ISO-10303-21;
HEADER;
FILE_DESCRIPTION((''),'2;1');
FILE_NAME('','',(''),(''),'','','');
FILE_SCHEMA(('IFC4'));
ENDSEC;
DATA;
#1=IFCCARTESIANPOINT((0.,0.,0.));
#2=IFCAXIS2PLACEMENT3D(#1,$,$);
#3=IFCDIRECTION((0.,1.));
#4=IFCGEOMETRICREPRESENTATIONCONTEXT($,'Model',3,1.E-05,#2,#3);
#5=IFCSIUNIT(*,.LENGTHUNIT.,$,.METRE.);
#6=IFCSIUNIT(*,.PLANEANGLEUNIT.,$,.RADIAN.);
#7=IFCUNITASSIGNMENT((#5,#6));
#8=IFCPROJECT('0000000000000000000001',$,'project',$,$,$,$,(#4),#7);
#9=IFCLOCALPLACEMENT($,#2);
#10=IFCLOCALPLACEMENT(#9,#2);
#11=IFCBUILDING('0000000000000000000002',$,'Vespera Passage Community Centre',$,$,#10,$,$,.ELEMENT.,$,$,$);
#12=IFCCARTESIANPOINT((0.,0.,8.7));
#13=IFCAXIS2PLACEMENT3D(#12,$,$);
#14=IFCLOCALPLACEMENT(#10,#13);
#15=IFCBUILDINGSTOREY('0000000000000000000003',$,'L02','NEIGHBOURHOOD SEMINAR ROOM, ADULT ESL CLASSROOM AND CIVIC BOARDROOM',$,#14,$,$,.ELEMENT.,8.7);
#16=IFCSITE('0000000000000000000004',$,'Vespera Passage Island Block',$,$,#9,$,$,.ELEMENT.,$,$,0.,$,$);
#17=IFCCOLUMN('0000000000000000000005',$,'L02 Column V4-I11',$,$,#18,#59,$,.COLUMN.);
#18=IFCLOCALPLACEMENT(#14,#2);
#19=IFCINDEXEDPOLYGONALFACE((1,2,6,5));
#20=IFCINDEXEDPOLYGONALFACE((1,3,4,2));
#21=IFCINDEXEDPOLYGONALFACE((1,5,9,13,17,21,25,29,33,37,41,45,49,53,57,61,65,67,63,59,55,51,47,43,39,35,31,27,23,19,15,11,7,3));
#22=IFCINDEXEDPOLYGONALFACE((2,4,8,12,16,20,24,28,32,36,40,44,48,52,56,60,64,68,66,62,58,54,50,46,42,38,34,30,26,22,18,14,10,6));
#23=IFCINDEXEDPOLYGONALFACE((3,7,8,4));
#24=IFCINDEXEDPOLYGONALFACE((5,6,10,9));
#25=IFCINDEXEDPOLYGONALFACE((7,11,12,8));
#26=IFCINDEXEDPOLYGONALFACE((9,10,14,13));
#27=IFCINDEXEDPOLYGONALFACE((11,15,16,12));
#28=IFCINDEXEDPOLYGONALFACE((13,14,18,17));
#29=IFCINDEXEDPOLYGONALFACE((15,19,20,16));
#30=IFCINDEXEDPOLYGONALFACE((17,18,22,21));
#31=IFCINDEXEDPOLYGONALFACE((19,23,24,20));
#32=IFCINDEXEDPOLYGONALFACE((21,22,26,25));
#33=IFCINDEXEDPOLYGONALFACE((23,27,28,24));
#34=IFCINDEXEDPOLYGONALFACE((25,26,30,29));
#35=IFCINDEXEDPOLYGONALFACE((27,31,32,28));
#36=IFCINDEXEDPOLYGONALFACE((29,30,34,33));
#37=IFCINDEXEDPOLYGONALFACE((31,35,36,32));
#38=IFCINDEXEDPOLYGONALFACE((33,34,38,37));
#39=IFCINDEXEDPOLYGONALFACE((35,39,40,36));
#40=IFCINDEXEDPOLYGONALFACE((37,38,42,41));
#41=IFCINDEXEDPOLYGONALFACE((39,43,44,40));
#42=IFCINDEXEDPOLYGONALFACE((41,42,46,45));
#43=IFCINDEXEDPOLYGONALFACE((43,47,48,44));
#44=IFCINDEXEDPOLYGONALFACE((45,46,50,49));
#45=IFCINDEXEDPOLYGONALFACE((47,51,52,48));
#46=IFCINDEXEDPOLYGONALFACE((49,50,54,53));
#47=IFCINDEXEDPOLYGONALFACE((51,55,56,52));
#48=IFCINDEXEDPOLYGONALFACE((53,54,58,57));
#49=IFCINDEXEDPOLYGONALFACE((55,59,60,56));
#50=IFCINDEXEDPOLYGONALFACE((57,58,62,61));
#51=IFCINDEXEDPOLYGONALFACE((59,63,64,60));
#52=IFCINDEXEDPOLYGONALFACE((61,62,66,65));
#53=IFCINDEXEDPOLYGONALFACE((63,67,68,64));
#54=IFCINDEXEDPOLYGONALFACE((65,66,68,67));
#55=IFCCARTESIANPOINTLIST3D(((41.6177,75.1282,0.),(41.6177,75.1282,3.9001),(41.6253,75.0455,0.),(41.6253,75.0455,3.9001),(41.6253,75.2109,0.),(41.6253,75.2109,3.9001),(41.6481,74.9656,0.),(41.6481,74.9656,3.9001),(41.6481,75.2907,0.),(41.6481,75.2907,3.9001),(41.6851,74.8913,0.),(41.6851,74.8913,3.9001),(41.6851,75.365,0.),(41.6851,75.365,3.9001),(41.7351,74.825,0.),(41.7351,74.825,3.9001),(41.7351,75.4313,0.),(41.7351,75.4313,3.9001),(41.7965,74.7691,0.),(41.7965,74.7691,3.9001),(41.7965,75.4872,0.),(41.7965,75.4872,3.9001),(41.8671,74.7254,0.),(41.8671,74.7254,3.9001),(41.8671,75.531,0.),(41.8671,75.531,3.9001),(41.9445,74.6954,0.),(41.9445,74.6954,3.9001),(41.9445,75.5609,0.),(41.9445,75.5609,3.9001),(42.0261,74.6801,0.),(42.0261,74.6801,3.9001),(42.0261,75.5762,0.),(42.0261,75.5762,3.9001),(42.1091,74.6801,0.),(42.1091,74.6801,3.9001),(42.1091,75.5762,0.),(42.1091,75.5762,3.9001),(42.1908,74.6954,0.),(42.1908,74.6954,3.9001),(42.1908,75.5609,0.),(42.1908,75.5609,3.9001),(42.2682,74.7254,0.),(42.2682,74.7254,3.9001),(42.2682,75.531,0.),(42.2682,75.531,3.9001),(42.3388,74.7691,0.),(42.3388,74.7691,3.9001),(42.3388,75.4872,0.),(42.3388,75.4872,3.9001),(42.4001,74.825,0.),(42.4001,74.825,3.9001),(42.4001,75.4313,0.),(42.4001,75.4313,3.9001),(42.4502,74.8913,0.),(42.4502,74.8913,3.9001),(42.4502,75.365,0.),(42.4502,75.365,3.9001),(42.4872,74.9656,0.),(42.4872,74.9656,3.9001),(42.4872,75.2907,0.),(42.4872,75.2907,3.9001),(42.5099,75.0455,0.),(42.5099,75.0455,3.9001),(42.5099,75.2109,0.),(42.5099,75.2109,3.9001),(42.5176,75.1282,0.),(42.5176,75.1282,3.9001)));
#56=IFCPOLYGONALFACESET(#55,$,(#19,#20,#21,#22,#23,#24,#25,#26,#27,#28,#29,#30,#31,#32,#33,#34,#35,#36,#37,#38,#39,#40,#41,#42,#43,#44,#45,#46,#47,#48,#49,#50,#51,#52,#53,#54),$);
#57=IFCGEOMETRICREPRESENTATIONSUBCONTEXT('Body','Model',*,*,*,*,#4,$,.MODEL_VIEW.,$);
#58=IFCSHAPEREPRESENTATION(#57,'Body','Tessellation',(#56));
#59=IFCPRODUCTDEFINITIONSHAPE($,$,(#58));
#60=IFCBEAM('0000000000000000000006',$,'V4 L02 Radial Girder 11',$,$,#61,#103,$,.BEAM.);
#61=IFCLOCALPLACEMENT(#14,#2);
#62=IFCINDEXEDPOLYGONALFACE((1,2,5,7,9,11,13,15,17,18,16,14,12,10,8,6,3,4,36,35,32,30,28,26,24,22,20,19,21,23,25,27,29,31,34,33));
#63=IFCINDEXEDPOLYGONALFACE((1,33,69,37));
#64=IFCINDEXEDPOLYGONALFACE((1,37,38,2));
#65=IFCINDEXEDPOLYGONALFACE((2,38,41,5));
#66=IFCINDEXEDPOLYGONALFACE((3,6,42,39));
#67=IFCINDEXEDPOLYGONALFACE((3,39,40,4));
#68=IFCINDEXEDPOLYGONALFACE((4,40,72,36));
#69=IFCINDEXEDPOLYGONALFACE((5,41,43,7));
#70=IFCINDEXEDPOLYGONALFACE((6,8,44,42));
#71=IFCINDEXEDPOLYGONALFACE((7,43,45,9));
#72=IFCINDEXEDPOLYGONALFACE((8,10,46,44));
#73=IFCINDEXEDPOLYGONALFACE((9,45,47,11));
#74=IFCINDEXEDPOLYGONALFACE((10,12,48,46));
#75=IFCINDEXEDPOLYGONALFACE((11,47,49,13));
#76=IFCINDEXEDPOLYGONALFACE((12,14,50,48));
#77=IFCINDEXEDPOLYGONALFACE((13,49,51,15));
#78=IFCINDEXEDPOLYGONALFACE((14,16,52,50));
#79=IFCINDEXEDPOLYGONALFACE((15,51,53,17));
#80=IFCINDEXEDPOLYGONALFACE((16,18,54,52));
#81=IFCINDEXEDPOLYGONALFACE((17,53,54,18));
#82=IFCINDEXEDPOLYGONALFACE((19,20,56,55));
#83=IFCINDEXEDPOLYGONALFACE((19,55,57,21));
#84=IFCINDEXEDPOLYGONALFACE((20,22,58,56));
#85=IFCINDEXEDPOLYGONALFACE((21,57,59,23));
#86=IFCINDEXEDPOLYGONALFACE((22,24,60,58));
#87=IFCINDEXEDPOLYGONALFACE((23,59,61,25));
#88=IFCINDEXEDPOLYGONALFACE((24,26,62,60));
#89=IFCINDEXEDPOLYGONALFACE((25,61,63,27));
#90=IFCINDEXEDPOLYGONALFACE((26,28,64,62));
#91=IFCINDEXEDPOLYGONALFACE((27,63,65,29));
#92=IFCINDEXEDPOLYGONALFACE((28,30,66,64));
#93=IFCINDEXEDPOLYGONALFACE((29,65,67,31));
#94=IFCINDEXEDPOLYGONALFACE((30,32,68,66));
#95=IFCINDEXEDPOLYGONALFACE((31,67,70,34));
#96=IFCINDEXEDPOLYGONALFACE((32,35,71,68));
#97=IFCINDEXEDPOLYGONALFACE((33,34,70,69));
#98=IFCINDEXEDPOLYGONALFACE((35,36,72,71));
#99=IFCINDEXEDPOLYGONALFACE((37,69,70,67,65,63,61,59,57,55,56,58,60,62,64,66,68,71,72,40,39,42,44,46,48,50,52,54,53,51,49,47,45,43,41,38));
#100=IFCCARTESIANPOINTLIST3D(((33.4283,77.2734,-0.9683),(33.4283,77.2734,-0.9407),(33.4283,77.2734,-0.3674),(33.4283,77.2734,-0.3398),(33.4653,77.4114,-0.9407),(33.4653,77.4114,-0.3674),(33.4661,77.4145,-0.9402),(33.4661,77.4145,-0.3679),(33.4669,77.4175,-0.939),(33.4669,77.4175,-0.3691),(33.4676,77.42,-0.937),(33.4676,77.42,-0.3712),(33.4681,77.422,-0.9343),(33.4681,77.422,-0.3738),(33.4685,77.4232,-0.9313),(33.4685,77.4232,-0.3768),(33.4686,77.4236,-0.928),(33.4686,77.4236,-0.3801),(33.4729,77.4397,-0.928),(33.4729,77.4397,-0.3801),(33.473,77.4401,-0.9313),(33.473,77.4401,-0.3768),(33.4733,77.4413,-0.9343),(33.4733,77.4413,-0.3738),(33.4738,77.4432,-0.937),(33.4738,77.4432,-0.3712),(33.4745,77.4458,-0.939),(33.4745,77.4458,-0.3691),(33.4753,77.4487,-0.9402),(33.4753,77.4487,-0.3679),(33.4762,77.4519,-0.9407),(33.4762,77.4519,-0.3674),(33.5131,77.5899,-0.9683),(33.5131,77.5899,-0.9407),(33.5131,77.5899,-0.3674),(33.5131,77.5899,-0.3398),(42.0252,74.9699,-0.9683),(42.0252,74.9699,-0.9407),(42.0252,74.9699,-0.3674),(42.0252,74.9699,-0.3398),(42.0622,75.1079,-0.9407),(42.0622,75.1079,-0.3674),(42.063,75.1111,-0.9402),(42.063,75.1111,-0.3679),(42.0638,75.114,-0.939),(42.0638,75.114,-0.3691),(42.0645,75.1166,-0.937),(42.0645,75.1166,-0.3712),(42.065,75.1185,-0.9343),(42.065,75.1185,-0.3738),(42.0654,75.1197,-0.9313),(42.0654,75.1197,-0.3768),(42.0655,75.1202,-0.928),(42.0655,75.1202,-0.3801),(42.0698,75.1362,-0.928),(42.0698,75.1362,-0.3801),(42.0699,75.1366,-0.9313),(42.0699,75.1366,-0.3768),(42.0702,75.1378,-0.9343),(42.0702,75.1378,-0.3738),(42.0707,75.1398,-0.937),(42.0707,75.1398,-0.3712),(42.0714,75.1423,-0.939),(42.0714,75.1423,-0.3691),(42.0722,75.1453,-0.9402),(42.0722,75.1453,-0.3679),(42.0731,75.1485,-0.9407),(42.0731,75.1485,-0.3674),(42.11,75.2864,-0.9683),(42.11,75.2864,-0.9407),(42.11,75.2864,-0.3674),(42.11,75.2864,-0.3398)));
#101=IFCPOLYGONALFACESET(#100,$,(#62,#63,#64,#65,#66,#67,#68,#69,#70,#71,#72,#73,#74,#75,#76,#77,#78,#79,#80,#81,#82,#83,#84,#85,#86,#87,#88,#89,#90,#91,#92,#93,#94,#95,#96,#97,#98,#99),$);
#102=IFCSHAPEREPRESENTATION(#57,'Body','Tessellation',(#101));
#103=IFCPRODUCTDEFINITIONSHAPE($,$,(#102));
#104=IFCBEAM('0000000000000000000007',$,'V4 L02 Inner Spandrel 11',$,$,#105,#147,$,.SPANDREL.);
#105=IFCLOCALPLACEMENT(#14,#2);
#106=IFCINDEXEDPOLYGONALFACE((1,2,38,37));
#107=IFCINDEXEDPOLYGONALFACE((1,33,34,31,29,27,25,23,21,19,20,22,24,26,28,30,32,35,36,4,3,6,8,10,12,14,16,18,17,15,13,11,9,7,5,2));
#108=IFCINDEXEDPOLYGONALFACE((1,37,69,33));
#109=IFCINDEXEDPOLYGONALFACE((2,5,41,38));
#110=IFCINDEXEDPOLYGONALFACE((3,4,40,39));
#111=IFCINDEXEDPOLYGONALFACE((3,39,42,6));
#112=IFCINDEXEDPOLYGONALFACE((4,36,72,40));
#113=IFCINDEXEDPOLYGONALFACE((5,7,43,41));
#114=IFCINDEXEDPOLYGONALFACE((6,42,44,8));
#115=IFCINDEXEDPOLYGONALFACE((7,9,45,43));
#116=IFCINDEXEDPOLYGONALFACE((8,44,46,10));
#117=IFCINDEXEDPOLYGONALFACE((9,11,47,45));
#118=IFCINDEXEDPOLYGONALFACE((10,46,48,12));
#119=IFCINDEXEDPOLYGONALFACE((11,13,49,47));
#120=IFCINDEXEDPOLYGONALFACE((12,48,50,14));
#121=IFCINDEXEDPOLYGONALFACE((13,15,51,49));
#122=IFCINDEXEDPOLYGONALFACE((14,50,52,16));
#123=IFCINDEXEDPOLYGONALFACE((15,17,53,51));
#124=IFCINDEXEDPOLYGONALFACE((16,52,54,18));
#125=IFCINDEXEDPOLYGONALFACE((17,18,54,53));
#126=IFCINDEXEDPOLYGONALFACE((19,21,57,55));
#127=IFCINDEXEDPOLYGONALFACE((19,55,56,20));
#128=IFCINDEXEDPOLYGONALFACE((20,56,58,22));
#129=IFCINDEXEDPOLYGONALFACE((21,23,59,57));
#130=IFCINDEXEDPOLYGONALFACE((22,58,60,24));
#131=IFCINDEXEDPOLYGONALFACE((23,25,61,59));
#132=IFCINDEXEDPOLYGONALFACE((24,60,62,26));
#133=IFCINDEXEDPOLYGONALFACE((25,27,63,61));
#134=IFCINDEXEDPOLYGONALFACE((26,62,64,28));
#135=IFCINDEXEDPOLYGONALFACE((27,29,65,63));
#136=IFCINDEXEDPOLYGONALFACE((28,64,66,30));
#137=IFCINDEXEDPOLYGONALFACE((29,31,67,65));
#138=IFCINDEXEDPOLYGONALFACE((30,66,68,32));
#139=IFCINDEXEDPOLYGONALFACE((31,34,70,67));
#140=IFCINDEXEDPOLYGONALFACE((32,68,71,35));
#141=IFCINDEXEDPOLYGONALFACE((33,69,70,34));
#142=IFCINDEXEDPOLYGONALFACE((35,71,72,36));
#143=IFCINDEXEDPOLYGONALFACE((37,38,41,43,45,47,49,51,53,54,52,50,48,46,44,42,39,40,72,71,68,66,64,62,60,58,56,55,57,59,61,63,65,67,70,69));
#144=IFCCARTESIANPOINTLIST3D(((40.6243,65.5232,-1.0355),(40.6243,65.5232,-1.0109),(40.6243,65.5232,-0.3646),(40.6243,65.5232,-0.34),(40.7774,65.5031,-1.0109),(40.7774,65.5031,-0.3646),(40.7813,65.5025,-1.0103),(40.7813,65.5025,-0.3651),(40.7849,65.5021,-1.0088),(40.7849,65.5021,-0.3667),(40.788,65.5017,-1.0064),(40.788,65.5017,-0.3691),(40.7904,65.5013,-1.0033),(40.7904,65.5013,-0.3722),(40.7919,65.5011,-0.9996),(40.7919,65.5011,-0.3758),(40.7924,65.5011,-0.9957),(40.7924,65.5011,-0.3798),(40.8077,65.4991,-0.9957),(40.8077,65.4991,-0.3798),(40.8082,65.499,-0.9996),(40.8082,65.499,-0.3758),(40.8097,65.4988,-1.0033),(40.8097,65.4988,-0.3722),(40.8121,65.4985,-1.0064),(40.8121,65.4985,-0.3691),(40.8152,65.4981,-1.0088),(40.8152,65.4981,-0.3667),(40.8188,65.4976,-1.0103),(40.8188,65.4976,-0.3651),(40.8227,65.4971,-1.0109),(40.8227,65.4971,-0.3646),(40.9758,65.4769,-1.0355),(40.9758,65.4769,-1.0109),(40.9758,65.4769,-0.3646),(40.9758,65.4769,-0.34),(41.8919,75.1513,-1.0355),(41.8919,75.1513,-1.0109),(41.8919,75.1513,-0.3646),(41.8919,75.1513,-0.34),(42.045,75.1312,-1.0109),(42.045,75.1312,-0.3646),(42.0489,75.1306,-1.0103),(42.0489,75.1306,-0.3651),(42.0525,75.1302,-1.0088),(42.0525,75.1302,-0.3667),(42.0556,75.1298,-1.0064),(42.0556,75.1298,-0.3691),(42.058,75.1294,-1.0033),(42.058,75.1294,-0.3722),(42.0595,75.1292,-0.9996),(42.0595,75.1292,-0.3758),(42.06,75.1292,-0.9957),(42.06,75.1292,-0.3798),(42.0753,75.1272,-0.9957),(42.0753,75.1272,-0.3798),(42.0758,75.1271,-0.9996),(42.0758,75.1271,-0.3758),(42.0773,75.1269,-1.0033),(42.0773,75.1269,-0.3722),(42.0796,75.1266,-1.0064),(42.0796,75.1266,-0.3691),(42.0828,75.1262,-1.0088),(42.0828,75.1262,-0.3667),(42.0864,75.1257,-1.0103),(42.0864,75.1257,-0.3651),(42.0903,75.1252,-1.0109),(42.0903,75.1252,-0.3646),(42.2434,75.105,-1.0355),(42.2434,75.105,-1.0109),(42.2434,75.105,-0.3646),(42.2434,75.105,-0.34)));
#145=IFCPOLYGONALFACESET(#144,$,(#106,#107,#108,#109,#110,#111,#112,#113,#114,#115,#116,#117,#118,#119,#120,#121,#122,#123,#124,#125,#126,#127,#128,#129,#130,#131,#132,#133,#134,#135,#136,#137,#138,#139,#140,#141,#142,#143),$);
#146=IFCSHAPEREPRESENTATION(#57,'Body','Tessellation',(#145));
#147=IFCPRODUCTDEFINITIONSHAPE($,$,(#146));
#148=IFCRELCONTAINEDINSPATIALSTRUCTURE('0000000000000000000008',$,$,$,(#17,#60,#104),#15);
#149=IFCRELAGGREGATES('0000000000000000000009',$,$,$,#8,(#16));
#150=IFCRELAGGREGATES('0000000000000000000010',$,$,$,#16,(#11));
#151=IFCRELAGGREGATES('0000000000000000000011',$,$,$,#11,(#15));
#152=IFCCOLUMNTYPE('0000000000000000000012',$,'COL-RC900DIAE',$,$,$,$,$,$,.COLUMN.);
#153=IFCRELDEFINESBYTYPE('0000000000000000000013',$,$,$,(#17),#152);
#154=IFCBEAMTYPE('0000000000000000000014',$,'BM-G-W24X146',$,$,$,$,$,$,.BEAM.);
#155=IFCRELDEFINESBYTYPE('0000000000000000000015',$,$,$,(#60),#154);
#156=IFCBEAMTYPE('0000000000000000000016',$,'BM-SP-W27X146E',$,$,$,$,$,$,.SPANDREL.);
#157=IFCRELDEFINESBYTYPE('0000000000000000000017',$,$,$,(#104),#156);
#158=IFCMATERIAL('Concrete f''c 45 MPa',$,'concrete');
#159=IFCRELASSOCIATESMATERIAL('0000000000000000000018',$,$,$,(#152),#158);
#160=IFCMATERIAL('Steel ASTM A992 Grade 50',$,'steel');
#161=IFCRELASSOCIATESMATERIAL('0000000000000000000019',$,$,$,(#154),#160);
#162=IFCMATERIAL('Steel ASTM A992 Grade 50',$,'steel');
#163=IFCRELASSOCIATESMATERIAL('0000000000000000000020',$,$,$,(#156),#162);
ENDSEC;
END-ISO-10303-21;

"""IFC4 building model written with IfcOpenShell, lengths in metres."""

from ifc_helpers import new_model, si_unit, direction, frame, origin, origin_2d, place, context, subcontext, project, spatial, circle, i_section, extrude, material, material_profile, profile_set, type_object, element, save


model = new_model("IFC4")

# Units and contexts
model_context = context("Model", 3, precision=1e-05, world=origin(), true_north=direction((0.0, 1.0)))
body_context = subcontext(model_context, "Body", "Model", "MODEL_VIEW")
ifc_project = project(units=[si_unit("LENGTHUNIT", "METRE"), si_unit("PLANEANGLEUNIT", "RADIAN")], contexts=[model_context])

# Site, building, storey
site_placement = place(None, origin())
site = spatial("IfcSite", under=ifc_project, at=site_placement, Name="Vespera Passage Island Block", CompositionType="ELEMENT", RefElevation=0.0)
building_placement = place(site_placement, origin())
building = spatial("IfcBuilding", under=site, at=building_placement, Name="Vespera Passage Community Centre", CompositionType="ELEMENT")
storey_placement = place(building_placement, frame((0.0, 0.0, 8.7)))
storey = spatial("IfcBuildingStorey", under=building, at=storey_placement, Name="L02", Description="NEIGHBOURHOOD SEMINAR ROOM, ADULT ESL CLASSROOM AND CIVIC BOARDROOM", CompositionType="ELEMENT", Elevation=8.7)

# Column
ifc_material_1 = material(Name="Concrete f'c 45 MPa", Category="concrete")
ifc_material_profile_1 = material_profile(ifc_material_1, circle(Radius=0.45, at=origin_2d()), Name="RC900DIA")
ifc_profile_set_1 = profile_set([ifc_material_profile_1], Name="Concrete f'c 45 MPa")
column_type = type_object("IfcColumnType", Name="COL-RC900DIAE", PredefinedType="COLUMN", material=ifc_profile_set_1)
column_placement = place(storey_placement, frame((42.0676, 75.1282, 0.0), z_axis=(0.0, 0.0, 1.0), x_axis=(1.0, 0.0, 0.0)))
element("IfcColumn", 1, at=column_placement, inside=storey, type_object=column_type, Name="L02 Column V4-I11", PredefinedType="COLUMN", context=body_context, shape_type="SweptSolid", body=[
    extrude(circle(Radius=0.45, at=origin_2d()), origin(), (0.0, 0.0, 1.0), 3.9001),
])

# Beams
ifc_material_2 = material(Name="Steel ASTM A992 Grade 50", Category="steel")
ifc_material_profile_2 = material_profile(ifc_material_2, i_section(OverallWidth=0.3276, OverallDepth=0.6284, WebThickness=0.0166, FlangeThickness=0.0276, FilletRadius=0.0127, at=origin_2d()), Name="W24X146")
ifc_profile_set_2 = profile_set([ifc_material_profile_2], Name="Steel ASTM A992 Grade 50")
beam_type_1 = type_object("IfcBeamType", Name="BM-G-W24X146", PredefinedType="BEAM", material=ifc_profile_set_2)
beam_1_placement = place(storey_placement, frame((42.0676, 75.1282, -0.6541), z_axis=(-0.965928, 0.258811, 0.0), x_axis=(-0.258811, -0.965928, 0.0)))
element("IfcBeam", 2, at=beam_1_placement, inside=storey, type_object=beam_type_1, Name="V4 L02 Radial Girder 11", PredefinedType="BEAM", context=body_context, shape_type="SweptSolid", body=[
    extrude(i_section(OverallWidth=0.3276, OverallDepth=0.6284, WebThickness=0.0166, FlangeThickness=0.0276, FilletRadius=0.0127, at=origin_2d()), origin(), (0.0, 0.0, 1.0), 8.9001),
])
ifc_material_3 = material(Name="Steel ASTM A992 Grade 50", Category="steel")
ifc_material_profile_3 = material_profile(ifc_material_3, i_section(OverallWidth=0.3545, OverallDepth=0.6956, WebThickness=0.0154, FlangeThickness=0.0247, FilletRadius=0.0151, at=origin_2d()), Name="W27X146")
ifc_profile_set_3 = profile_set([ifc_material_profile_3], Name="Steel ASTM A992 Grade 50")
beam_type_2 = type_object("IfcBeamType", Name="BM-SP-W27X146E", PredefinedType="SPANDREL", material=ifc_profile_set_3)
beam_2_placement = place(storey_placement, frame((42.0676, 75.1282, -0.6877), z_axis=(-0.130527, -0.991445, 0.0), x_axis=(0.991445, -0.130527, 0.0)))
element("IfcBeam", 3, at=beam_2_placement, inside=storey, type_object=beam_type_2, Name="V4 L02 Inner Spandrel 11", PredefinedType="SPANDREL", context=body_context, shape_type="SweptSolid", body=[
    extrude(i_section(OverallWidth=0.3545, OverallDepth=0.6956, WebThickness=0.0154, FlangeThickness=0.0247, FilletRadius=0.0151, at=origin_2d()), origin(), (0.0, 0.0, 1.0), 9.7112),
])

save(model, "model.ifc")
